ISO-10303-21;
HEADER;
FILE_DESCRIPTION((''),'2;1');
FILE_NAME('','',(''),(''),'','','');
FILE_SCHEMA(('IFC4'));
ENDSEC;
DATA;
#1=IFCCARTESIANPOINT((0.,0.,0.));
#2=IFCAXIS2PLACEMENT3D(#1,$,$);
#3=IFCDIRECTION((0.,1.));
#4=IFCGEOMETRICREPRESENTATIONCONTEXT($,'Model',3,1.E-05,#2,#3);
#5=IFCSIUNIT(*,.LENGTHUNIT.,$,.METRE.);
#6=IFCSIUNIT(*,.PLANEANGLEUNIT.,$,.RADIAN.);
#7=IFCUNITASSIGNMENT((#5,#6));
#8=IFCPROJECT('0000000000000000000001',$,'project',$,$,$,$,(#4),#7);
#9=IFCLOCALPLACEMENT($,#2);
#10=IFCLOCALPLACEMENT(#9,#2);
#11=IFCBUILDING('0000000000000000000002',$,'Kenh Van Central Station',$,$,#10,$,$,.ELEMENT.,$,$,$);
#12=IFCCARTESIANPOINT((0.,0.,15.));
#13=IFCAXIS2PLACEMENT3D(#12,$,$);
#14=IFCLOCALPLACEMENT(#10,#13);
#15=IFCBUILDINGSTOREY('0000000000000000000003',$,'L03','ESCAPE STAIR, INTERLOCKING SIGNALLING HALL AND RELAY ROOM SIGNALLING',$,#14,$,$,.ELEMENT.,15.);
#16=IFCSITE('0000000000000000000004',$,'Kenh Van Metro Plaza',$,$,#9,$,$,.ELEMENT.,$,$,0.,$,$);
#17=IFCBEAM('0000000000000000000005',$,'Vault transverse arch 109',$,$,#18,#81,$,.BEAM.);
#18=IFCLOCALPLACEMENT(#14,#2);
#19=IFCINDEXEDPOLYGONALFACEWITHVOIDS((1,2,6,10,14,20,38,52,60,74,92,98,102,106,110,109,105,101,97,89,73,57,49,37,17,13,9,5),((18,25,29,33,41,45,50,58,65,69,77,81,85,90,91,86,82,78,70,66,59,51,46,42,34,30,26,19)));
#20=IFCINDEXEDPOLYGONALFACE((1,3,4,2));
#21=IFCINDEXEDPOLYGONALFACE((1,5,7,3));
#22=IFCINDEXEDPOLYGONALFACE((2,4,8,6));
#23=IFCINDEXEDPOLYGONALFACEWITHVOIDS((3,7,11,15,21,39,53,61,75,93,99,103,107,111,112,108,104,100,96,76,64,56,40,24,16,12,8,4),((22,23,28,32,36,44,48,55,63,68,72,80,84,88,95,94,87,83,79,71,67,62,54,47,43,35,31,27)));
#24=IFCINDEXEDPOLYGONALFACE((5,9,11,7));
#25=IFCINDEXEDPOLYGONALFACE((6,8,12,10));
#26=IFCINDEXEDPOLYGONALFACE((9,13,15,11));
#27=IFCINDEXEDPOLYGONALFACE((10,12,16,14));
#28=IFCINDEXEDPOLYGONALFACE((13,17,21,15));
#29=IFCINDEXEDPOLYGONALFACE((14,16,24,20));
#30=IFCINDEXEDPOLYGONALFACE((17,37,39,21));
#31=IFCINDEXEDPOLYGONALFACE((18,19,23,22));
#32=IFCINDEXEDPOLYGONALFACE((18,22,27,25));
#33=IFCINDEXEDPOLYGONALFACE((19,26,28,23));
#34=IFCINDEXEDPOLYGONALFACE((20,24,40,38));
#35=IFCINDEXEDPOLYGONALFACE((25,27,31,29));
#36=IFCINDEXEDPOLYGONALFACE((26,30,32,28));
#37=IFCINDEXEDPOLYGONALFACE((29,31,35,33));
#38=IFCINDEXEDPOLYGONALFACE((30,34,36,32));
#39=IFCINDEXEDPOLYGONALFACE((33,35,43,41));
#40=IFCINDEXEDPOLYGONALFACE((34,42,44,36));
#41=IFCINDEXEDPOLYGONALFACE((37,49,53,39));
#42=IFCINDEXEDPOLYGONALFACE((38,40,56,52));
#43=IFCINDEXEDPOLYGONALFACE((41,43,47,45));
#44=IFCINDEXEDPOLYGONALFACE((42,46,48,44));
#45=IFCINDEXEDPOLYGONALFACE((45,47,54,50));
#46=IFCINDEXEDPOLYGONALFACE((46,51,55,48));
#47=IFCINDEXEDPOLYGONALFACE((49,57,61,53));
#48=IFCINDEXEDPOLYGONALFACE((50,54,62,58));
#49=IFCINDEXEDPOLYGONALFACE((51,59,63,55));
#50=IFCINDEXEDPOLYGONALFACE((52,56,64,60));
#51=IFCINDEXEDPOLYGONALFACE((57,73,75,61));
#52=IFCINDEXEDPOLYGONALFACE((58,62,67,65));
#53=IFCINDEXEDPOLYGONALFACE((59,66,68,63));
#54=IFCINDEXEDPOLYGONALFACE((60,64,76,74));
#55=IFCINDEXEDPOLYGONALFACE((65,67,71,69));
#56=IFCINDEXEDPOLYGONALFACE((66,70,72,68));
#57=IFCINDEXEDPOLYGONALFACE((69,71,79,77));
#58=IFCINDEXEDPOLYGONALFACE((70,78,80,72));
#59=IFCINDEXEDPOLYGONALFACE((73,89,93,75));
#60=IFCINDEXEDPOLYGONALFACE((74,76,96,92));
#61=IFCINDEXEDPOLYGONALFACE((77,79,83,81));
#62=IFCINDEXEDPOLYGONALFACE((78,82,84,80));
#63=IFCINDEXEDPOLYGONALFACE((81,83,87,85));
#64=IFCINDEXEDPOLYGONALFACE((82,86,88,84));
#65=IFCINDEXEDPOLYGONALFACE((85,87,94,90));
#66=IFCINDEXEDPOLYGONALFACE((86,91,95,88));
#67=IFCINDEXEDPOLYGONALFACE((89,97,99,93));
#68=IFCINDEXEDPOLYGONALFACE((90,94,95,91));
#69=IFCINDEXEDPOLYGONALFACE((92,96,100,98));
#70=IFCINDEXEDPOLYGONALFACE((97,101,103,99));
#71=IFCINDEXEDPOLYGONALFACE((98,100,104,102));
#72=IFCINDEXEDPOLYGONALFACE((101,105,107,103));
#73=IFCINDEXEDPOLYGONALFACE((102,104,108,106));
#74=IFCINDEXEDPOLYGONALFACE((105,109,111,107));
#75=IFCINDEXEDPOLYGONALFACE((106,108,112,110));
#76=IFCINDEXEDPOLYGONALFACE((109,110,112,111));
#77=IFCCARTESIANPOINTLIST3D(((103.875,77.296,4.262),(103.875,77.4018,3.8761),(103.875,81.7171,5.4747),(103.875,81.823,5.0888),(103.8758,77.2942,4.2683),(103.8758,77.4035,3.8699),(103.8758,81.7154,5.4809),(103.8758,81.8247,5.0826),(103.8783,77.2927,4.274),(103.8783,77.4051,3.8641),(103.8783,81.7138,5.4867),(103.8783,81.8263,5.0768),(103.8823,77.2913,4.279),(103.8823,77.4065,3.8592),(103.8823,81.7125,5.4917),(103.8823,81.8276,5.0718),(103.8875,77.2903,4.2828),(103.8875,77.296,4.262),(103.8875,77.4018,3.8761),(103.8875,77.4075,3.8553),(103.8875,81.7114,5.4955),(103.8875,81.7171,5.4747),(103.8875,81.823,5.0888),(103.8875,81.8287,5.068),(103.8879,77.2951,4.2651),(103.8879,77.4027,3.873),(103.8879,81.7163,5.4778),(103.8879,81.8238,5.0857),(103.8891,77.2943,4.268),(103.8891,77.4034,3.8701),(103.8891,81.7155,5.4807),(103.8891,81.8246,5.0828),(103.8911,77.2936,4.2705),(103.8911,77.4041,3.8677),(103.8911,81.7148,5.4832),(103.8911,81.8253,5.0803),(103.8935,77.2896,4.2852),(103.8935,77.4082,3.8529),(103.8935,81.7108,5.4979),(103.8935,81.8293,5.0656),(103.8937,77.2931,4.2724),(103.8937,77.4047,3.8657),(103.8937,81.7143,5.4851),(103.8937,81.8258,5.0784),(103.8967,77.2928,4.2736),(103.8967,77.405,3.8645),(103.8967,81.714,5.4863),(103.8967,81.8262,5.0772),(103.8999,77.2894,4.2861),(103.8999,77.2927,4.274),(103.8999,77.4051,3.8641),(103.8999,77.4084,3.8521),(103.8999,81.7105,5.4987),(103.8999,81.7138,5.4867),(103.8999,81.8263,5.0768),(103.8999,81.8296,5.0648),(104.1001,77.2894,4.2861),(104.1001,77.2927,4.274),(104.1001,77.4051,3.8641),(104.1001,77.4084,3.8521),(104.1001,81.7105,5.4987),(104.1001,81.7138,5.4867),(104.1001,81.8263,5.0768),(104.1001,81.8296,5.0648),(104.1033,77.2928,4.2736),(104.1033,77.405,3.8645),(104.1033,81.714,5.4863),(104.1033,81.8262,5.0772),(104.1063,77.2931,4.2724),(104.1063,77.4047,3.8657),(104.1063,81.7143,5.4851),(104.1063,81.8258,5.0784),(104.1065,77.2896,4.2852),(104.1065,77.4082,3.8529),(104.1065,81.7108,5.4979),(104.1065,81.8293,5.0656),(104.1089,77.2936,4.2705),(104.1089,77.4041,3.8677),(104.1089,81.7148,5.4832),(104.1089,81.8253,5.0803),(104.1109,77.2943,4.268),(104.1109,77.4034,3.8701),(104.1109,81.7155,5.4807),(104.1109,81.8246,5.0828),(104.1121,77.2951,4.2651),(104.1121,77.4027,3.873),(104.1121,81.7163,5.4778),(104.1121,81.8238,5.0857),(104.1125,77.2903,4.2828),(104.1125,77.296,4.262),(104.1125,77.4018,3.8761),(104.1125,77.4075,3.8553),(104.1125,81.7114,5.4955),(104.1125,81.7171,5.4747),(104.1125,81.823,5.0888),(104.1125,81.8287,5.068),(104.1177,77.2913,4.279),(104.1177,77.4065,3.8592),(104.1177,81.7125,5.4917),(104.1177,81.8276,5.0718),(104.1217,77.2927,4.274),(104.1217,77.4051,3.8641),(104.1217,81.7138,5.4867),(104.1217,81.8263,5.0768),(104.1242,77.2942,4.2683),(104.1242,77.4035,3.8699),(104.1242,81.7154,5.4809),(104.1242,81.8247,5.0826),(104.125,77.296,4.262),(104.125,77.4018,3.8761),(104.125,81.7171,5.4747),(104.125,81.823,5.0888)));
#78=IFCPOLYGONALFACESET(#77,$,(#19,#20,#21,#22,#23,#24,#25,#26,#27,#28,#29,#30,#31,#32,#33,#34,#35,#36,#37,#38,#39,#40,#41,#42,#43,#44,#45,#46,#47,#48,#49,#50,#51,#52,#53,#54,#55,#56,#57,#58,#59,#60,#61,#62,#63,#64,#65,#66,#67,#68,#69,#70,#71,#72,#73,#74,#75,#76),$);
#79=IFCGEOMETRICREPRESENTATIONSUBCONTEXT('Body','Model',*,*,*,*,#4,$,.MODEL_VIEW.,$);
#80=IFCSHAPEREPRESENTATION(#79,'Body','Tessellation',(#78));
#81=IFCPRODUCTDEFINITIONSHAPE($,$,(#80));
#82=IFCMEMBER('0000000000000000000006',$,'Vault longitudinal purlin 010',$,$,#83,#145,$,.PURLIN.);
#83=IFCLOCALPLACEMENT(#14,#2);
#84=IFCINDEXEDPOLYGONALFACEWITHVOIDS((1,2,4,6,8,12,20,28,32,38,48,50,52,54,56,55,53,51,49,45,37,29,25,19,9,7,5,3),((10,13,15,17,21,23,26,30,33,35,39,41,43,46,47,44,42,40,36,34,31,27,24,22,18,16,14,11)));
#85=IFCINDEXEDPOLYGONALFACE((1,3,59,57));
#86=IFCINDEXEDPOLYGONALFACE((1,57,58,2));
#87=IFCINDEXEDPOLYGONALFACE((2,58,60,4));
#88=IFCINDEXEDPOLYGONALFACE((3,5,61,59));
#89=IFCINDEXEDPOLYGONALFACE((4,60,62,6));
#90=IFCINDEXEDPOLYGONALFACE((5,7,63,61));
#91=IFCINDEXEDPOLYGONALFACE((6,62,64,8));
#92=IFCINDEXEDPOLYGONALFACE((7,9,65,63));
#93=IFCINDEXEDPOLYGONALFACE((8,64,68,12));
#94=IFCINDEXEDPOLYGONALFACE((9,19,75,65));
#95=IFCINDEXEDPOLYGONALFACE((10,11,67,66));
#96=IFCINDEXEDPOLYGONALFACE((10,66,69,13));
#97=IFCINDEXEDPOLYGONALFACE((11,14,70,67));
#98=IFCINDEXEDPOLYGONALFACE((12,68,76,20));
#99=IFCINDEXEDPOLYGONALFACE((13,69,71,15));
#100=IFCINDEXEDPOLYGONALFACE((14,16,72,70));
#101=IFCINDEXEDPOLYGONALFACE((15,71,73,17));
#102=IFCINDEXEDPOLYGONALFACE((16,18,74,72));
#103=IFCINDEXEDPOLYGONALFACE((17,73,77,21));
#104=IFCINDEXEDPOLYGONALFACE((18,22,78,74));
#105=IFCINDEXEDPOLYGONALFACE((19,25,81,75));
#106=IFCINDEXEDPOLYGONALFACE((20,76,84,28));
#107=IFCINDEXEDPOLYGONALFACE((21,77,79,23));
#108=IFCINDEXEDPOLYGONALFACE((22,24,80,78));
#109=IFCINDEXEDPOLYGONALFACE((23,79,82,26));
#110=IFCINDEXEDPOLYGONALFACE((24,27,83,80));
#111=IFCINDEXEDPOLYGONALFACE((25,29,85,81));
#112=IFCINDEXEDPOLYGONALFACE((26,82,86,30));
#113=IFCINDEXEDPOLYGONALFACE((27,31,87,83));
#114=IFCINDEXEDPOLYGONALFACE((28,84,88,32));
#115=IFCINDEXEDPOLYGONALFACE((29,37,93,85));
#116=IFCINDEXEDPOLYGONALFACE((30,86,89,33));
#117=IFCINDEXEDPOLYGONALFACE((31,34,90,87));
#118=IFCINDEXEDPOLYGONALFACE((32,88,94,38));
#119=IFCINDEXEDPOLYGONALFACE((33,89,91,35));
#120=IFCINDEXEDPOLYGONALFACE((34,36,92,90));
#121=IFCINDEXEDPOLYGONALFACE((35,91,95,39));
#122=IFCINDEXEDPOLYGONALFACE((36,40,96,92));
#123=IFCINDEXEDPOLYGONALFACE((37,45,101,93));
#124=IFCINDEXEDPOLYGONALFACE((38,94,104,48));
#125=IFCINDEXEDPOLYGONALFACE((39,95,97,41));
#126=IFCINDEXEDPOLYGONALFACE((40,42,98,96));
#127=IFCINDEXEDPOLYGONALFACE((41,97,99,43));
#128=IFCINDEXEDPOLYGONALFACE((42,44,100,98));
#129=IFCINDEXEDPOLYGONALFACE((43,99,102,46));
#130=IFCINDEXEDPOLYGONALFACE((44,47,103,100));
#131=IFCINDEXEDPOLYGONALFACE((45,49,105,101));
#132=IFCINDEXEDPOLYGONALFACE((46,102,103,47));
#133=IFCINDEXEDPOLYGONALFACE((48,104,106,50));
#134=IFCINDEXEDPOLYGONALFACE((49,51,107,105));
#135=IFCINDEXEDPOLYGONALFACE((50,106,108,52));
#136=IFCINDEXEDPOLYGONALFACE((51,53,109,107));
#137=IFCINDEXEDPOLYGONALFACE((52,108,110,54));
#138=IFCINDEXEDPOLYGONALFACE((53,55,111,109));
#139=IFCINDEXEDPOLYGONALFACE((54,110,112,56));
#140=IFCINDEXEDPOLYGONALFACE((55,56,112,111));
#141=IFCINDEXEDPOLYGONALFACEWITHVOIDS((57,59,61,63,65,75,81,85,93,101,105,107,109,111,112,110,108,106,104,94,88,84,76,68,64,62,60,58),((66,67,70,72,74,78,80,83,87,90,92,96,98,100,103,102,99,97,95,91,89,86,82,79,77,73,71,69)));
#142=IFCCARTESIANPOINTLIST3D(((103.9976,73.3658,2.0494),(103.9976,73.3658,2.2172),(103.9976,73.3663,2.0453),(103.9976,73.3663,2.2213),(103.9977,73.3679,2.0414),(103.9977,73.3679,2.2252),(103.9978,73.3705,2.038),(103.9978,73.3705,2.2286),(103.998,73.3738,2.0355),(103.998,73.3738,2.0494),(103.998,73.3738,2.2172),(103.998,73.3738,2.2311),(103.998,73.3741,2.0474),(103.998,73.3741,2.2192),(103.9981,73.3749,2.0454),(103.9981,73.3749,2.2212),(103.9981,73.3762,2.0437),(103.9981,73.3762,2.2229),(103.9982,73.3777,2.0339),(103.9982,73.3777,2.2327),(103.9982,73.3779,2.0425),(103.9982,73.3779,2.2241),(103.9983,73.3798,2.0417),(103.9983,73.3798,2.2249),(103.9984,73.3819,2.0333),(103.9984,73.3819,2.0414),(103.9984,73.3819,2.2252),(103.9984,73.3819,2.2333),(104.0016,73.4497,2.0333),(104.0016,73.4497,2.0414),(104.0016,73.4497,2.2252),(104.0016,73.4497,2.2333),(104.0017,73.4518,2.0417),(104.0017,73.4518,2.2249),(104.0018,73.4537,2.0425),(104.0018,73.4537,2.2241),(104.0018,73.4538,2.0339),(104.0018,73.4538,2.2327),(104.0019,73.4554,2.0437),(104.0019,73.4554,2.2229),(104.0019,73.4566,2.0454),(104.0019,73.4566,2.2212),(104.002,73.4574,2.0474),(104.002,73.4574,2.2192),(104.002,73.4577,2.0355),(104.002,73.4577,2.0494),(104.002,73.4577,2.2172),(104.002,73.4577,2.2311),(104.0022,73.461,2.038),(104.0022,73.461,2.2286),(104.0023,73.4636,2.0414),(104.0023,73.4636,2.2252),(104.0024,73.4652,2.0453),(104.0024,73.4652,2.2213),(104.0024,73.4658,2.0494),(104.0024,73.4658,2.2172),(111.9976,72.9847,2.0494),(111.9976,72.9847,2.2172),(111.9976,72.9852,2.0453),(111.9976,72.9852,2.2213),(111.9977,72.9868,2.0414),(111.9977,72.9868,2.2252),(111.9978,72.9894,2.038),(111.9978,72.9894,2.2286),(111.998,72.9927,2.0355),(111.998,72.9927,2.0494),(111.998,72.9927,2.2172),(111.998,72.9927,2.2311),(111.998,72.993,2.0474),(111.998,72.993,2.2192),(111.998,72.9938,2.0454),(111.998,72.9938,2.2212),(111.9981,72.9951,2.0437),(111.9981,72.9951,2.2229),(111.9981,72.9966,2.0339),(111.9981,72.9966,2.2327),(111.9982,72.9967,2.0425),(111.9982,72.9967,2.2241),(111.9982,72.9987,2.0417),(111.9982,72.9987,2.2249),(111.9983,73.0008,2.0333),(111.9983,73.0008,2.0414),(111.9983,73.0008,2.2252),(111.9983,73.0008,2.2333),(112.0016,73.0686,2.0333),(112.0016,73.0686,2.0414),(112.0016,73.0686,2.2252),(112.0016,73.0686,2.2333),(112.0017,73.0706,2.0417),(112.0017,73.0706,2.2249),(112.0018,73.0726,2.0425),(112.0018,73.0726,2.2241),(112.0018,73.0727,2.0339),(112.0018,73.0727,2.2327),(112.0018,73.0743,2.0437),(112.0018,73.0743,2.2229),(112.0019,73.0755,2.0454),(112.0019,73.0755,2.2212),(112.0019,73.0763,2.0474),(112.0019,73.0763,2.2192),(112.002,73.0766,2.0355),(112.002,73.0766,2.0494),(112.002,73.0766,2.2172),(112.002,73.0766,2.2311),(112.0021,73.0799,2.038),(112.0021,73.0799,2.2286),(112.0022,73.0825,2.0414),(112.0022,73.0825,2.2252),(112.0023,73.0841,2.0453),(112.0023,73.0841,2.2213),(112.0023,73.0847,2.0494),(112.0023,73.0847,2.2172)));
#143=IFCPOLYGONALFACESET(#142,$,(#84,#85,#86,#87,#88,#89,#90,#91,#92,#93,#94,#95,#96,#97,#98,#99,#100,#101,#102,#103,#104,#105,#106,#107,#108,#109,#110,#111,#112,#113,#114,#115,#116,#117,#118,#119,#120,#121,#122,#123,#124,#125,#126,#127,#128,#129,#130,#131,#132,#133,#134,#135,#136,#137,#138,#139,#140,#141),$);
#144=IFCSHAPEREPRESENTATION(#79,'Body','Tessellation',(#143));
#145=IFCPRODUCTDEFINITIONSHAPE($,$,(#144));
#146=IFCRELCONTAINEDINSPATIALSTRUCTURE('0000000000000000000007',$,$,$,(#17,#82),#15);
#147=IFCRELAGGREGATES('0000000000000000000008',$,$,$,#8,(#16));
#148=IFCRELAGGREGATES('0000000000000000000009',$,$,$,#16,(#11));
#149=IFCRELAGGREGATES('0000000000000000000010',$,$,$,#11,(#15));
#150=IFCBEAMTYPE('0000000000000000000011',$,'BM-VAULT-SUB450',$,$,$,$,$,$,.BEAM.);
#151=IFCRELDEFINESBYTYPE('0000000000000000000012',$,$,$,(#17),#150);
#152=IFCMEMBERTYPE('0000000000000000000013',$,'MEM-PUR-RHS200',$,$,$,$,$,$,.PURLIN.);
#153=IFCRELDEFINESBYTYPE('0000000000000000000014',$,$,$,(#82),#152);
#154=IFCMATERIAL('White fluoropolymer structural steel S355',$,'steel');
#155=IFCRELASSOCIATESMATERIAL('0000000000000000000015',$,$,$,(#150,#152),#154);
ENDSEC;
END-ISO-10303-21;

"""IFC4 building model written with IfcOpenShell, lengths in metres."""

from ifc_helpers import new_model, si_unit, direction, frame, origin, origin_2d, place, context, subcontext, project, spatial, hollow_rectangle, extrude, material, material_profile, profile_set, type_object, element, save


model = new_model("IFC4")

# Units and contexts
model_context = context("Model", 3, precision=1e-05, world=origin(), true_north=direction((0.0, 1.0)))
body_context = subcontext(model_context, "Body", "Model", "MODEL_VIEW")
ifc_project = project(units=[si_unit("LENGTHUNIT", "METRE"), si_unit("PLANEANGLEUNIT", "RADIAN")], contexts=[model_context])

# Site, building, storey
site_placement = place(None, origin())
site = spatial("IfcSite", under=ifc_project, at=site_placement, Name="Kenh Van Metro Plaza", CompositionType="ELEMENT", RefElevation=0.0)
building_placement = place(site_placement, origin())
building = spatial("IfcBuilding", under=site, at=building_placement, Name="Kenh Van Central Station", CompositionType="ELEMENT")
storey_placement = place(building_placement, frame((0.0, 0.0, 15.0)))
storey = spatial("IfcBuildingStorey", under=building, at=storey_placement, Name="L03", Description="ESCAPE STAIR, INTERLOCKING SIGNALLING HALL AND RELAY ROOM SIGNALLING", CompositionType="ELEMENT", Elevation=15.0)

# Beam
ifc_material_1 = material(Name="White fluoropolymer structural steel S355", Category="steel")
ifc_material_profile_1 = material_profile(ifc_material_1, hollow_rectangle(XDim=0.25, YDim=0.45, WallThickness=0.0125, InnerFilletRadius=0.0125, OuterFilletRadius=0.0249, at=origin_2d()), Name="RHS 450x250x12.5")
ifc_profile_set_1 = profile_set([ifc_material_profile_1], Name="White fluoropolymer structural steel S355")
beam_type_1 = type_object("IfcBeamType", Name="BM-VAULT-SUB450", PredefinedType="BEAM", material=ifc_profile_set_1)
beam_1_placement = place(storey_placement, frame((104.0, 77.3489, 4.0691), z_axis=(0.0, 0.964382, 0.264514), x_axis=(-1.0, 0.0, 0.0)))
element("IfcBeam", 1, at=beam_1_placement, inside=storey, type_object=beam_type_1, Name="Vault transverse arch 109", PredefinedType="BEAM", context=body_context, shape_type="SweptSolid", body=[
    extrude(hollow_rectangle(XDim=0.25, YDim=0.45, WallThickness=0.0125, InnerFilletRadius=0.0125, OuterFilletRadius=0.0249, at=origin_2d()), origin(), (0.0, 0.0, 1.0), 4.5845),
])

# Member
ifc_material_profile_2 = material_profile(ifc_material_1, hollow_rectangle(XDim=0.1001, YDim=0.2, WallThickness=0.0081, InnerFilletRadius=0.0081, OuterFilletRadius=0.0161, at=origin_2d()), Name="RHS 200x100x8")
ifc_profile_set_2 = profile_set([ifc_material_profile_2], Name="White fluoropolymer structural steel S355")
member_type_1 = type_object("IfcMemberType", Name="MEM-PUR-RHS200", PredefinedType="PURLIN", material=ifc_profile_set_2)
member_1_placement = place(storey_placement, frame((104.0, 73.4158, 2.1333), z_axis=(0.998867, -0.047584, 0.0), x_axis=(0.047584, 0.998867, 0.0)))
element("IfcMember", 2, at=member_1_placement, inside=storey, type_object=member_type_1, Name="Vault longitudinal purlin 010", PredefinedType="PURLIN", context=body_context, shape_type="SweptSolid", body=[
    extrude(hollow_rectangle(XDim=0.1001, YDim=0.2, WallThickness=0.0081, InnerFilletRadius=0.0081, OuterFilletRadius=0.0161, at=origin_2d()), origin(), (0.0, 0.0, 1.0), 8.009),
])

save(model, "model.ifc")
